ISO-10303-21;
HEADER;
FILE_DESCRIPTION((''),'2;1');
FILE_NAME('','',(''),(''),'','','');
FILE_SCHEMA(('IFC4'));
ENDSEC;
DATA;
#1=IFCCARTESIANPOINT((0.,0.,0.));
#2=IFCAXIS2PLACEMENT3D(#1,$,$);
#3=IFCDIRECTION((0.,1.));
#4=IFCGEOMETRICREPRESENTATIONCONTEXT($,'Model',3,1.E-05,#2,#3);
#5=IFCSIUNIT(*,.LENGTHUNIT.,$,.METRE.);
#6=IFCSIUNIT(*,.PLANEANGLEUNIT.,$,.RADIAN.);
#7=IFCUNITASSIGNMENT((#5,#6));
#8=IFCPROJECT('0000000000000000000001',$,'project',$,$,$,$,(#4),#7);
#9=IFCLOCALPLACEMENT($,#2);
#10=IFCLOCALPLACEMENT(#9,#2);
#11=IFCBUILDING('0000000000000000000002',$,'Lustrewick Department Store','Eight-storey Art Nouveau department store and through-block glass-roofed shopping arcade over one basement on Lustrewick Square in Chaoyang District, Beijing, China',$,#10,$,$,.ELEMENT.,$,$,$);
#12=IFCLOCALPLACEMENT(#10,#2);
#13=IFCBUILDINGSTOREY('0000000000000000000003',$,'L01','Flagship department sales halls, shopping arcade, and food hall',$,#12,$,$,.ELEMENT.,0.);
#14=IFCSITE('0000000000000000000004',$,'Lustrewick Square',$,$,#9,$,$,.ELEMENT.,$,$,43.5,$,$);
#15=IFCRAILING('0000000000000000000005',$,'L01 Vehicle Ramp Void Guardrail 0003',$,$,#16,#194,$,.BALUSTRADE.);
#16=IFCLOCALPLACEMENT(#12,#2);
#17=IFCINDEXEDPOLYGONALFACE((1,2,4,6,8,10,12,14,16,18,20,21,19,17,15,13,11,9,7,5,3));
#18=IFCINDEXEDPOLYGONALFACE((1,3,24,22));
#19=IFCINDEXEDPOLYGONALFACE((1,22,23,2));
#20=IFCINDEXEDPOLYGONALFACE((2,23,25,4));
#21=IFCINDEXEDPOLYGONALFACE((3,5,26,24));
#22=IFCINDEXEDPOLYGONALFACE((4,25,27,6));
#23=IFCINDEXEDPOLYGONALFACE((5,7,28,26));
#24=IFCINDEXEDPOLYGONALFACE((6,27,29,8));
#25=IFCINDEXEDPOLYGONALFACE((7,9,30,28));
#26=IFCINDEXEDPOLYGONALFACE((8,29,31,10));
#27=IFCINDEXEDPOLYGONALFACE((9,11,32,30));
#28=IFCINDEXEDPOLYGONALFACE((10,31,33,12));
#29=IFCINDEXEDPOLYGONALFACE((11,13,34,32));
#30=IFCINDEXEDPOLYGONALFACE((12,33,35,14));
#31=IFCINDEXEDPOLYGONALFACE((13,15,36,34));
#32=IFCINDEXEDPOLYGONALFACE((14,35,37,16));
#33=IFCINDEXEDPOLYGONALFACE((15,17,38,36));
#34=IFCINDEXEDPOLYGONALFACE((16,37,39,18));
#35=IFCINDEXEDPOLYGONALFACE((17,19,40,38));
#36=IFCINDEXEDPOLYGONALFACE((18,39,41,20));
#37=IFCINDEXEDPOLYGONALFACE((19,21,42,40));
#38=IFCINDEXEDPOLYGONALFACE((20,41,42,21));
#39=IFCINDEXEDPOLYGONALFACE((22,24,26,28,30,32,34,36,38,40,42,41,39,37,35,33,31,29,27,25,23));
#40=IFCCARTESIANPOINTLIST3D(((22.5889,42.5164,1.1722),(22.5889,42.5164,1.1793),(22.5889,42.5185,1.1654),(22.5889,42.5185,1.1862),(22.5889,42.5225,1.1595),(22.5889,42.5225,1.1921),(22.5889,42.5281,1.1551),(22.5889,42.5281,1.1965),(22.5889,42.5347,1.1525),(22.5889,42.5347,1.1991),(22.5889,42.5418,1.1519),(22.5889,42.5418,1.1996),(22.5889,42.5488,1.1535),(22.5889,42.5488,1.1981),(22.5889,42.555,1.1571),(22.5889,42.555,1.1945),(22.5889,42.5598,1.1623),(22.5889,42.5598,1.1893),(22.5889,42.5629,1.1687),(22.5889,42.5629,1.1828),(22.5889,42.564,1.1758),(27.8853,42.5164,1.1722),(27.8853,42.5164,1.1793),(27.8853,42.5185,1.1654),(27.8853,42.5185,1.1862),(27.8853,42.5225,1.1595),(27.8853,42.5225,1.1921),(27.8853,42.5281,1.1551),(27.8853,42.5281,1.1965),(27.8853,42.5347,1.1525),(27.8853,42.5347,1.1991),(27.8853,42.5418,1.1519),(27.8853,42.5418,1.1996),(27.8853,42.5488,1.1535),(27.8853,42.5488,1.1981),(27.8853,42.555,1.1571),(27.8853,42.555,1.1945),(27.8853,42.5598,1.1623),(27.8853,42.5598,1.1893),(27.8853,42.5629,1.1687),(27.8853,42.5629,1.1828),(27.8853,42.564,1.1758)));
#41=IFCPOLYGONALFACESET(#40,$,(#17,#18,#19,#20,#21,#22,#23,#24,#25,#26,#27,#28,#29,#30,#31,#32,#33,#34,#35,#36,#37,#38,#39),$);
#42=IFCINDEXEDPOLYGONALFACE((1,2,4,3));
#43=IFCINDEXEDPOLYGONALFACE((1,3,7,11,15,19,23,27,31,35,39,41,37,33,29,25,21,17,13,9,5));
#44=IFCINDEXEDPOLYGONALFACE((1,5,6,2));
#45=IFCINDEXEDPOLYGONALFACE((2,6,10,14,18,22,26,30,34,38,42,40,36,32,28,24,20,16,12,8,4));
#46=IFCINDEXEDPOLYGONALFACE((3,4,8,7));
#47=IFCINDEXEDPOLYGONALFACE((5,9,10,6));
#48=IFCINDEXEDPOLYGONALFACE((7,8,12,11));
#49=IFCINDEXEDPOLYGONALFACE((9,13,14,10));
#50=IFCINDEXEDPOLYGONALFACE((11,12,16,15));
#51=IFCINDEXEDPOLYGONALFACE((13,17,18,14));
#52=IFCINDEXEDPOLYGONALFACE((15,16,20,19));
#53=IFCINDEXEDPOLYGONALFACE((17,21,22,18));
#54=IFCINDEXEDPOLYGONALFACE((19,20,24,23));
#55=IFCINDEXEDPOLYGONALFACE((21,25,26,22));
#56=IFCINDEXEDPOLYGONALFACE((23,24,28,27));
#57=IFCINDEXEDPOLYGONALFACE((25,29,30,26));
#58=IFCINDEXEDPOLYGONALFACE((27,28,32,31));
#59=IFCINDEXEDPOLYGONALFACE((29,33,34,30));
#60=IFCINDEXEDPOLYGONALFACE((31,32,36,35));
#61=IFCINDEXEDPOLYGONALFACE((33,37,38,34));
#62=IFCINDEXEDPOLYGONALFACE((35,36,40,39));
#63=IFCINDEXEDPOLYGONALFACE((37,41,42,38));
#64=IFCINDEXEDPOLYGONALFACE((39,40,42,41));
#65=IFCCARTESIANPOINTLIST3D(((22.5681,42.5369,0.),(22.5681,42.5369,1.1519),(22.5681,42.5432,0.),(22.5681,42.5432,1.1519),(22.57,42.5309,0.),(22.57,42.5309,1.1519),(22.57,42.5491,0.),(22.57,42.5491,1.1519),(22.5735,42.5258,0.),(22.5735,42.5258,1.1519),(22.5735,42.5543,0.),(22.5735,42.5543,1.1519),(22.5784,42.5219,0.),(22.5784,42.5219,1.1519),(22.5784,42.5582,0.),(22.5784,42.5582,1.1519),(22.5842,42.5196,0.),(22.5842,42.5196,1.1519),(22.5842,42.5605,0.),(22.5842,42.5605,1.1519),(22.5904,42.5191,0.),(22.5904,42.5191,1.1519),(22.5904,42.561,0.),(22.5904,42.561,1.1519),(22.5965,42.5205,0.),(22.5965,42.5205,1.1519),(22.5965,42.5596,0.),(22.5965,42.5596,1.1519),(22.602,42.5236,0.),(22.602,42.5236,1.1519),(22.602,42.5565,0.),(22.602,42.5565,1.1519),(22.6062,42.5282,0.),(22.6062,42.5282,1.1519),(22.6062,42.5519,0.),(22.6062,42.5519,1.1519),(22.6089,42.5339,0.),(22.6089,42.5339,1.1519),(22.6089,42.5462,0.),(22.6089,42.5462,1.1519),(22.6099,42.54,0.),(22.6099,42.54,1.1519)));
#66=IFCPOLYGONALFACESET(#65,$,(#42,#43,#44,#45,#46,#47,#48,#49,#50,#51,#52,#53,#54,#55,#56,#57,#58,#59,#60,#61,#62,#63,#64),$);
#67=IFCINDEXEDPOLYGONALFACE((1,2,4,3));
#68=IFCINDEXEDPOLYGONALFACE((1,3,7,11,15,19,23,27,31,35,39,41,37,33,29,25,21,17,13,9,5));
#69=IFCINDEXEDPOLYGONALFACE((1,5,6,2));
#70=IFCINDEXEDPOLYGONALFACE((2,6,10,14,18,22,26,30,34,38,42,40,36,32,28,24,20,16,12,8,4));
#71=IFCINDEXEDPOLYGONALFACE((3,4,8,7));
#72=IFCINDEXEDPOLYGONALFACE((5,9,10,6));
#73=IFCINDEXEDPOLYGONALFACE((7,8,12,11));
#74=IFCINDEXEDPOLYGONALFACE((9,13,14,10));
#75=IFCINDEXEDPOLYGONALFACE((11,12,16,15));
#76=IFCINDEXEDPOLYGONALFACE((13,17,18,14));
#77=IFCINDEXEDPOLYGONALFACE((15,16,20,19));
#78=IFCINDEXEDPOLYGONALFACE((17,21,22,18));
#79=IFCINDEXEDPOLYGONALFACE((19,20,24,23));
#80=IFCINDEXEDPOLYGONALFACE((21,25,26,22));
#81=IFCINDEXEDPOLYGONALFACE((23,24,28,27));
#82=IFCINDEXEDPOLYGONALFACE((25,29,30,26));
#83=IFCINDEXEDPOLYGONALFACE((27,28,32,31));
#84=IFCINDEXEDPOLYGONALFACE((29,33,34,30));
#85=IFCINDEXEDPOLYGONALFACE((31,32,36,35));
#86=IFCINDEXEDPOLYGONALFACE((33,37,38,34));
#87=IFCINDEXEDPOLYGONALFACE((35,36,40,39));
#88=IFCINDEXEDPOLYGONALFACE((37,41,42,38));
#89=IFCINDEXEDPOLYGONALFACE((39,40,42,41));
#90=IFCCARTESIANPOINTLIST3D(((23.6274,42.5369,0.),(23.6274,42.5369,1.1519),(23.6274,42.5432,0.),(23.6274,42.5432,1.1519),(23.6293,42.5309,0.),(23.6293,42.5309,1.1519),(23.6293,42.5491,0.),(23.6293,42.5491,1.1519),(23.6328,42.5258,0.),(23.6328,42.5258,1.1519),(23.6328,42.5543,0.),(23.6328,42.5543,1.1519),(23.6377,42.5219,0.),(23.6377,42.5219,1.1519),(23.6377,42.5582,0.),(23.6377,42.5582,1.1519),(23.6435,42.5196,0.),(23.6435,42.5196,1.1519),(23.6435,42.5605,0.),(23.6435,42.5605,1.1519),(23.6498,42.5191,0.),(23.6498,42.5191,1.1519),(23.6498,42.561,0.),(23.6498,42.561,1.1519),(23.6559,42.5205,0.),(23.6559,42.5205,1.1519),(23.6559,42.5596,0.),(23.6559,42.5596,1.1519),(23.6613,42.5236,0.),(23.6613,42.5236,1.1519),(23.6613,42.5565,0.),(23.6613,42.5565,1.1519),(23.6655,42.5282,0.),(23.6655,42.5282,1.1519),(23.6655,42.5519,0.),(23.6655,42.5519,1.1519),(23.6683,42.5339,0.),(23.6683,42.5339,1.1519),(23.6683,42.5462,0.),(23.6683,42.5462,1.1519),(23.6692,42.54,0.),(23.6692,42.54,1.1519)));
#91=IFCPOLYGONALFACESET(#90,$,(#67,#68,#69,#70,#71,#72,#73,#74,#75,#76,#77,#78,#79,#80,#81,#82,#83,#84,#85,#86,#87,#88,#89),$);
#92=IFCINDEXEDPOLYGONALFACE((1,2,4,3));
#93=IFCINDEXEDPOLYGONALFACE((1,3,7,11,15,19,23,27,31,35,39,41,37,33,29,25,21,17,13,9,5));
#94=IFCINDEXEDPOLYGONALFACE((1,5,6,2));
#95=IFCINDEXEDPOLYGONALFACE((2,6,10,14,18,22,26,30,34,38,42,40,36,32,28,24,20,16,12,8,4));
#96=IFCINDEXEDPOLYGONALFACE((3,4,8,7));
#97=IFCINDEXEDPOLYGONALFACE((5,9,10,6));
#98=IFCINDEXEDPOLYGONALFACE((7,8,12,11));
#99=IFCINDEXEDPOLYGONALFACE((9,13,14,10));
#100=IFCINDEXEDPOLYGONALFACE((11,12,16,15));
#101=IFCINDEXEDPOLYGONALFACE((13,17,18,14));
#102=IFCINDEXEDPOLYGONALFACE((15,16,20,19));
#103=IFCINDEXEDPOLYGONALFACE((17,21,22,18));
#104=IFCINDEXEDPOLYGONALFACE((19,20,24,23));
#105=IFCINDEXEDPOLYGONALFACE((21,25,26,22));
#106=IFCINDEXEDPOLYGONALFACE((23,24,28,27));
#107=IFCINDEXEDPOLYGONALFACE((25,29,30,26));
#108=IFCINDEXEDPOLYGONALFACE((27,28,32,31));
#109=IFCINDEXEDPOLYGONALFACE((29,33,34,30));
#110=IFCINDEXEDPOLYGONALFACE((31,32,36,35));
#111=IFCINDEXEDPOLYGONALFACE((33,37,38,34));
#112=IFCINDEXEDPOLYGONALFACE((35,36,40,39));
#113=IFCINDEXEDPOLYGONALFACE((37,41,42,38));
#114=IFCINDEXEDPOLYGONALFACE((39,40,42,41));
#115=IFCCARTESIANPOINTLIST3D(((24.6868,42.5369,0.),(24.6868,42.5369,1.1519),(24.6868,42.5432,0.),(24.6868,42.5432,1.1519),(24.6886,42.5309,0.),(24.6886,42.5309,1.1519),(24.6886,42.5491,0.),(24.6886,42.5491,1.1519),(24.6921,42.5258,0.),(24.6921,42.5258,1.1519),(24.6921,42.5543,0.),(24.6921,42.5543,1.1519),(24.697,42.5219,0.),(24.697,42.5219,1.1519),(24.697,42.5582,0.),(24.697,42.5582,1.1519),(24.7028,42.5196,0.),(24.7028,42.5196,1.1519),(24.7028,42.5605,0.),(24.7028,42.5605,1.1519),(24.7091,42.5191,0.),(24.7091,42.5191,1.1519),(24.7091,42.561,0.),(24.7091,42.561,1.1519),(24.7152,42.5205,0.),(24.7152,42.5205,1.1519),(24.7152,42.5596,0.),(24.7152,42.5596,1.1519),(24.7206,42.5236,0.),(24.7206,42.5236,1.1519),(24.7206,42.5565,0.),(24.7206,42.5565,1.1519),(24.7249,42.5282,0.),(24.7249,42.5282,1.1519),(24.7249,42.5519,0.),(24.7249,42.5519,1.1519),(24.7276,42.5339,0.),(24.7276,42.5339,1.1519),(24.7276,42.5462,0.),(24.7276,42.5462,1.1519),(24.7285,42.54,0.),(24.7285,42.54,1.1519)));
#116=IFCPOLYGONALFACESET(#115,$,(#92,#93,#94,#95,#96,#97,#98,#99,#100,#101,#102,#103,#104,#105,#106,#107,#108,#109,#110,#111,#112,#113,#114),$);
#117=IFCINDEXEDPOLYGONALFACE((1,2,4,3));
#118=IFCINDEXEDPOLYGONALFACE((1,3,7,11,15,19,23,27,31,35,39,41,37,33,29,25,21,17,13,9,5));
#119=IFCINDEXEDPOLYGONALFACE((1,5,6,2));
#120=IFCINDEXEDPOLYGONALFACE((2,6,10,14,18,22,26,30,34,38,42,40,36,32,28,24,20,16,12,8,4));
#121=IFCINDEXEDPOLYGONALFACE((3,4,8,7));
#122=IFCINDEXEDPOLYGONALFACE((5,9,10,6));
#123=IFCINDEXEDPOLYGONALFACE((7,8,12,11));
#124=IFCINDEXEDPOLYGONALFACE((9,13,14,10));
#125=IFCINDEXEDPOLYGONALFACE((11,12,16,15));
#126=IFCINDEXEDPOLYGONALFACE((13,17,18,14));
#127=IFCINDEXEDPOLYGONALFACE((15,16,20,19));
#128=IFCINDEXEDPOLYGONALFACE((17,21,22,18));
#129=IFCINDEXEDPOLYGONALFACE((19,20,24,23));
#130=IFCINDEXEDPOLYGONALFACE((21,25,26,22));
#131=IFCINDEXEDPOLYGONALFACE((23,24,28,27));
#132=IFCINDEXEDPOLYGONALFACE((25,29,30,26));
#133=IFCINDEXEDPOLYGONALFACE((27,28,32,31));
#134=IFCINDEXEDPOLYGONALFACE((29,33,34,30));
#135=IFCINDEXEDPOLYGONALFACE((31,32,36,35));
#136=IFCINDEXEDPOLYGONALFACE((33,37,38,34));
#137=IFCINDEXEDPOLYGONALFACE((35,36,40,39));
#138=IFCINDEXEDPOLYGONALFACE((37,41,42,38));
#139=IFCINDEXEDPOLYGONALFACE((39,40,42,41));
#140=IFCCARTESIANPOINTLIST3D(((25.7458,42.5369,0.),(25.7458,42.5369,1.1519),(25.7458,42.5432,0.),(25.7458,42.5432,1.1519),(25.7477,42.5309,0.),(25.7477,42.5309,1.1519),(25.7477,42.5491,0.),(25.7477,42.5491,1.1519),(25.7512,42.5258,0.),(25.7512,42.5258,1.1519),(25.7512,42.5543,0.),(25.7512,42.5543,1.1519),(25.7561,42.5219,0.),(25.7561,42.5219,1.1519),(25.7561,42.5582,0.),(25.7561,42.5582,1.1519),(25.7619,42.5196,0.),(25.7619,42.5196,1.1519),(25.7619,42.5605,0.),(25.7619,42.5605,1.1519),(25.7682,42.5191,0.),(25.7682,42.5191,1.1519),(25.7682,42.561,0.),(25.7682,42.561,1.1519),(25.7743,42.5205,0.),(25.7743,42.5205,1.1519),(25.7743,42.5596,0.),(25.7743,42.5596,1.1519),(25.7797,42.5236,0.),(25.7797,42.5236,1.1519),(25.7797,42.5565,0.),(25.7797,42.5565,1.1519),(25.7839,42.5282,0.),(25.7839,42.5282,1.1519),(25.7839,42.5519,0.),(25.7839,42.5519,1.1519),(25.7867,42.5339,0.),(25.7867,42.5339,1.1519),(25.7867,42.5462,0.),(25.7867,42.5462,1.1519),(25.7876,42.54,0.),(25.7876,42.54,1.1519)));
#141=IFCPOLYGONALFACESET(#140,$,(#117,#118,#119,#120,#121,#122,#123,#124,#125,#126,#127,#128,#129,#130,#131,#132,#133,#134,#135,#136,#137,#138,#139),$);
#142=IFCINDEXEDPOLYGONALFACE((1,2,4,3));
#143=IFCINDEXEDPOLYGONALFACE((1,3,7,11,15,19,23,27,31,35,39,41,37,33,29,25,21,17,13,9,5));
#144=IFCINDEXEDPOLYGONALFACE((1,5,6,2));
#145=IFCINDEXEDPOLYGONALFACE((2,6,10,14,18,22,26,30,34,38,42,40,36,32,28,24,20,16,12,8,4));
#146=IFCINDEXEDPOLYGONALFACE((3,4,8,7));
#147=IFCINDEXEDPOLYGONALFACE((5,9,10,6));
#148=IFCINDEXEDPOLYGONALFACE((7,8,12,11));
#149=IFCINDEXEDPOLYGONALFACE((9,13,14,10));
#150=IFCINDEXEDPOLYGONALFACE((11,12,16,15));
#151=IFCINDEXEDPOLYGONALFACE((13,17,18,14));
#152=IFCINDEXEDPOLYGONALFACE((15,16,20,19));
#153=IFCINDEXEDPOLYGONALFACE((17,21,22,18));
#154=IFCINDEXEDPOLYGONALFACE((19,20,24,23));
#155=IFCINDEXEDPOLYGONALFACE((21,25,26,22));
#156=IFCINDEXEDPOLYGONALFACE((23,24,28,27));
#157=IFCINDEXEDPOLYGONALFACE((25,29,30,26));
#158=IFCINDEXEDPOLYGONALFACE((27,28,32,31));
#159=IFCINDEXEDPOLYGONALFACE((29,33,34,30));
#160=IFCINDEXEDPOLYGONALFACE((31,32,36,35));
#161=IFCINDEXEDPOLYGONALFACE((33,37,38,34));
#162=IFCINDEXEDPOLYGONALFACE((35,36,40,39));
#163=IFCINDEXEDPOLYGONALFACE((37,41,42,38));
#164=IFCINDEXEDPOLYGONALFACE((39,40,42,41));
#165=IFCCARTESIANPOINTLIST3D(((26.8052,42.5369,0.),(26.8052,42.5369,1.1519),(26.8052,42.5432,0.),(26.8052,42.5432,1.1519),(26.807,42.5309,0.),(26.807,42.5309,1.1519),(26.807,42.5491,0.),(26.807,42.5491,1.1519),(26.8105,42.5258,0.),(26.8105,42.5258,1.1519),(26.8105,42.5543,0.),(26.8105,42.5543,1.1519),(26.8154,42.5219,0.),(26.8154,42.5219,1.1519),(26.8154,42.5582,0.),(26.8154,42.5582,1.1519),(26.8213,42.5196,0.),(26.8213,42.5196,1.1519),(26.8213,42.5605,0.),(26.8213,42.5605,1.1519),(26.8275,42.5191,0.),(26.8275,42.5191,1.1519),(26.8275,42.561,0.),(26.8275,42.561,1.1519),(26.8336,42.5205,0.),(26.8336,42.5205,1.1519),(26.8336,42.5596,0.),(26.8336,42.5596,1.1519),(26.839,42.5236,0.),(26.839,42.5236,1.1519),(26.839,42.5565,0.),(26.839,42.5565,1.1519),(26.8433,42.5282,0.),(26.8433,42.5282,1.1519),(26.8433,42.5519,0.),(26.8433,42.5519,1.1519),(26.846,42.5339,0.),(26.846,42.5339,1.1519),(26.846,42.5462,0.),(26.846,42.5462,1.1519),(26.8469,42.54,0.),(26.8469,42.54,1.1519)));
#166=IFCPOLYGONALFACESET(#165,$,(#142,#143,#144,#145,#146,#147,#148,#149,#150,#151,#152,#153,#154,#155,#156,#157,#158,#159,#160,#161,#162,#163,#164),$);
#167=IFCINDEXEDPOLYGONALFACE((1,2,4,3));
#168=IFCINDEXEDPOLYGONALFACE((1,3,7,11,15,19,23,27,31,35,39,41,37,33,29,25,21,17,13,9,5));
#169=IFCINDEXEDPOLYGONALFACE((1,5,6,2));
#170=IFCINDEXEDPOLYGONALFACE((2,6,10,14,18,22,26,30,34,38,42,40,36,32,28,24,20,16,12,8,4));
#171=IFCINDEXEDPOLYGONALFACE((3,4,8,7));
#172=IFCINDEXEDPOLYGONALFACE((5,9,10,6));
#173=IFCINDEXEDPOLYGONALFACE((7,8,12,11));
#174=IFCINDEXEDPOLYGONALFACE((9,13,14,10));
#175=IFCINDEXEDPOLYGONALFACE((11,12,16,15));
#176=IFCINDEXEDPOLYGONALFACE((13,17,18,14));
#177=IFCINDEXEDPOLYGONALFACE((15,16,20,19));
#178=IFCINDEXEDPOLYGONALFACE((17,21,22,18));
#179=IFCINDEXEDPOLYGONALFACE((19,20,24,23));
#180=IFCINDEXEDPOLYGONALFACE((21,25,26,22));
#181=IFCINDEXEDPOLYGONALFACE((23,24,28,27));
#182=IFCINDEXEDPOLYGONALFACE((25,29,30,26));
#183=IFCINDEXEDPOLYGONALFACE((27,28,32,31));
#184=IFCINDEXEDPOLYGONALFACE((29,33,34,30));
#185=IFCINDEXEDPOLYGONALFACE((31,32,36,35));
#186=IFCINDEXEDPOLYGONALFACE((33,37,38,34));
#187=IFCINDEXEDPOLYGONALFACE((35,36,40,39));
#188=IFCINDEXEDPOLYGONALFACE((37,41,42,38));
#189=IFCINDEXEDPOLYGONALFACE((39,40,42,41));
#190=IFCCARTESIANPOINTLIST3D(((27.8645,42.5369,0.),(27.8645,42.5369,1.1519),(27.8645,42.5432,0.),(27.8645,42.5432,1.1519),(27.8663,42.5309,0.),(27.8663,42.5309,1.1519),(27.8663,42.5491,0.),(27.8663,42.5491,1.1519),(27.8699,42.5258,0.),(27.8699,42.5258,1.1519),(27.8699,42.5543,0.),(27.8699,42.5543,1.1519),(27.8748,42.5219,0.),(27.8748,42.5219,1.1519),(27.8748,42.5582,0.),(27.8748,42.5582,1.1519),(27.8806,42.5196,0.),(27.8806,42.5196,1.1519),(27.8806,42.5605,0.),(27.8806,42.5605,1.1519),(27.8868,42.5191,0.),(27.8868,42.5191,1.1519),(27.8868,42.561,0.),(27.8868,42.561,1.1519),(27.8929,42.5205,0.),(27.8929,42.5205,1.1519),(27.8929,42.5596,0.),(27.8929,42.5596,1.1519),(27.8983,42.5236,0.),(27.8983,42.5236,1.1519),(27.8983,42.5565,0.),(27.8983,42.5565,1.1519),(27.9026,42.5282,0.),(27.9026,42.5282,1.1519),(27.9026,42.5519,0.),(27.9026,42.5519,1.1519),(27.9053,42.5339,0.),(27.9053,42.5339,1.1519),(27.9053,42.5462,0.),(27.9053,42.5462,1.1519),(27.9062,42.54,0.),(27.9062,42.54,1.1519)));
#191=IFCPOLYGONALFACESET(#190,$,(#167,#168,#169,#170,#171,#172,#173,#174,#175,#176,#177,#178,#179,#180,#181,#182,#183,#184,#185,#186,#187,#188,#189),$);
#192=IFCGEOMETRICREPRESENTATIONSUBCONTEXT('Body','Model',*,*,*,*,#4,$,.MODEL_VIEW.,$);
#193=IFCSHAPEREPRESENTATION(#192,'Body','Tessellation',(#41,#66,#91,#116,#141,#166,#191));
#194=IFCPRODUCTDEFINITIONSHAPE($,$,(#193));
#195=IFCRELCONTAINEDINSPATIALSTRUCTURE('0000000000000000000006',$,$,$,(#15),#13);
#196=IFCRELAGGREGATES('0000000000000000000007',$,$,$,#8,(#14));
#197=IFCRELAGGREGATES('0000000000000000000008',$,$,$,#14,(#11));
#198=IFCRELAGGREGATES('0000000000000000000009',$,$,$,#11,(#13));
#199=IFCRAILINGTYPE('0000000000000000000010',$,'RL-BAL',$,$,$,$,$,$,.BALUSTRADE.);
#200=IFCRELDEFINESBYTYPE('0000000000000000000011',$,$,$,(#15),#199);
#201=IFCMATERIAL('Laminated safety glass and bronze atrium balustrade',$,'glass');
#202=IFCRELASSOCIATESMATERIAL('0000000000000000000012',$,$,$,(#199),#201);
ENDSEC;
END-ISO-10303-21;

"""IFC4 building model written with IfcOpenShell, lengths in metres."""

from ifc_helpers import new_model, si_unit, direction, frame, origin, origin_2d, place, context, subcontext, project, spatial, circle, extrude, material, type_object, element, save


model = new_model("IFC4")

# Units and contexts
model_context = context("Model", 3, precision=1e-05, world=origin(), true_north=direction((0.0, 1.0)))
body_context = subcontext(model_context, "Body", "Model", "MODEL_VIEW")
ifc_project = project(units=[si_unit("LENGTHUNIT", "METRE"), si_unit("PLANEANGLEUNIT", "RADIAN")], contexts=[model_context])

# Site, building, storey
site_placement = place(None, origin())
site = spatial("IfcSite", under=ifc_project, at=site_placement, Name="Lustrewick Square", CompositionType="ELEMENT", RefElevation=43.5)
building_placement = place(site_placement, origin())
building = spatial("IfcBuilding", under=site, at=building_placement, Name="Lustrewick Department Store", Description="Eight-storey Art Nouveau department store and through-block glass-roofed shopping arcade over one basement on Lustrewick Square in Chaoyang District, Beijing, China", CompositionType="ELEMENT")
storey_placement = place(building_placement, origin())
storey = spatial("IfcBuildingStorey", under=building, at=storey_placement, Name="L01", Description="Flagship department sales halls, shopping arcade, and food hall", CompositionType="ELEMENT", Elevation=0.0)

# Railing
ifc_material_1 = material(Name="Laminated safety glass and bronze atrium balustrade", Category="glass")
railing_type = type_object("IfcRailingType", Name="RL-BAL", PredefinedType="BALUSTRADE", material=ifc_material_1)
for number, where, name in (
    (1, (22.5889, 42.54, 0.0), "L01 Vehicle Ramp Void Guardrail 0003"),
):
    element("IfcRailing", number, at=place(storey_placement, frame(where)), inside=storey, type_object=railing_type, Name=name, PredefinedType="BALUSTRADE", context=body_context, shape_type="SweptSolid", body=[
        extrude(circle(Radius=0.0239, at=origin_2d()), frame((0.0, 0.0, 1.1758), z_axis=(1.0, 0.0, 0.0), x_axis=(0.0, 1.0, 0.0)), (0.0, 0.0, 1.0), 5.2964),
        extrude(circle(Radius=0.021, at=origin_2d()), origin(), (0.0, 0.0, 1.0), 1.1519),
        extrude(circle(Radius=0.021, at=origin_2d()), frame((1.0593, 0.0, 0.0)), (0.0, 0.0, 1.0), 1.1519),
        extrude(circle(Radius=0.021, at=origin_2d()), frame((2.1187, 0.0, 0.0)), (0.0, 0.0, 1.0), 1.1519),
        extrude(circle(Radius=0.021, at=origin_2d()), frame((3.1777, 0.0, 0.0)), (0.0, 0.0, 1.0), 1.1519),
        extrude(circle(Radius=0.021, at=origin_2d()), frame((4.2371, 0.0, 0.0)), (0.0, 0.0, 1.0), 1.1519),
        extrude(circle(Radius=0.021, at=origin_2d()), frame((5.2964, 0.0, 0.0)), (0.0, 0.0, 1.0), 1.1519),
    ])

save(model, "model.ifc")
